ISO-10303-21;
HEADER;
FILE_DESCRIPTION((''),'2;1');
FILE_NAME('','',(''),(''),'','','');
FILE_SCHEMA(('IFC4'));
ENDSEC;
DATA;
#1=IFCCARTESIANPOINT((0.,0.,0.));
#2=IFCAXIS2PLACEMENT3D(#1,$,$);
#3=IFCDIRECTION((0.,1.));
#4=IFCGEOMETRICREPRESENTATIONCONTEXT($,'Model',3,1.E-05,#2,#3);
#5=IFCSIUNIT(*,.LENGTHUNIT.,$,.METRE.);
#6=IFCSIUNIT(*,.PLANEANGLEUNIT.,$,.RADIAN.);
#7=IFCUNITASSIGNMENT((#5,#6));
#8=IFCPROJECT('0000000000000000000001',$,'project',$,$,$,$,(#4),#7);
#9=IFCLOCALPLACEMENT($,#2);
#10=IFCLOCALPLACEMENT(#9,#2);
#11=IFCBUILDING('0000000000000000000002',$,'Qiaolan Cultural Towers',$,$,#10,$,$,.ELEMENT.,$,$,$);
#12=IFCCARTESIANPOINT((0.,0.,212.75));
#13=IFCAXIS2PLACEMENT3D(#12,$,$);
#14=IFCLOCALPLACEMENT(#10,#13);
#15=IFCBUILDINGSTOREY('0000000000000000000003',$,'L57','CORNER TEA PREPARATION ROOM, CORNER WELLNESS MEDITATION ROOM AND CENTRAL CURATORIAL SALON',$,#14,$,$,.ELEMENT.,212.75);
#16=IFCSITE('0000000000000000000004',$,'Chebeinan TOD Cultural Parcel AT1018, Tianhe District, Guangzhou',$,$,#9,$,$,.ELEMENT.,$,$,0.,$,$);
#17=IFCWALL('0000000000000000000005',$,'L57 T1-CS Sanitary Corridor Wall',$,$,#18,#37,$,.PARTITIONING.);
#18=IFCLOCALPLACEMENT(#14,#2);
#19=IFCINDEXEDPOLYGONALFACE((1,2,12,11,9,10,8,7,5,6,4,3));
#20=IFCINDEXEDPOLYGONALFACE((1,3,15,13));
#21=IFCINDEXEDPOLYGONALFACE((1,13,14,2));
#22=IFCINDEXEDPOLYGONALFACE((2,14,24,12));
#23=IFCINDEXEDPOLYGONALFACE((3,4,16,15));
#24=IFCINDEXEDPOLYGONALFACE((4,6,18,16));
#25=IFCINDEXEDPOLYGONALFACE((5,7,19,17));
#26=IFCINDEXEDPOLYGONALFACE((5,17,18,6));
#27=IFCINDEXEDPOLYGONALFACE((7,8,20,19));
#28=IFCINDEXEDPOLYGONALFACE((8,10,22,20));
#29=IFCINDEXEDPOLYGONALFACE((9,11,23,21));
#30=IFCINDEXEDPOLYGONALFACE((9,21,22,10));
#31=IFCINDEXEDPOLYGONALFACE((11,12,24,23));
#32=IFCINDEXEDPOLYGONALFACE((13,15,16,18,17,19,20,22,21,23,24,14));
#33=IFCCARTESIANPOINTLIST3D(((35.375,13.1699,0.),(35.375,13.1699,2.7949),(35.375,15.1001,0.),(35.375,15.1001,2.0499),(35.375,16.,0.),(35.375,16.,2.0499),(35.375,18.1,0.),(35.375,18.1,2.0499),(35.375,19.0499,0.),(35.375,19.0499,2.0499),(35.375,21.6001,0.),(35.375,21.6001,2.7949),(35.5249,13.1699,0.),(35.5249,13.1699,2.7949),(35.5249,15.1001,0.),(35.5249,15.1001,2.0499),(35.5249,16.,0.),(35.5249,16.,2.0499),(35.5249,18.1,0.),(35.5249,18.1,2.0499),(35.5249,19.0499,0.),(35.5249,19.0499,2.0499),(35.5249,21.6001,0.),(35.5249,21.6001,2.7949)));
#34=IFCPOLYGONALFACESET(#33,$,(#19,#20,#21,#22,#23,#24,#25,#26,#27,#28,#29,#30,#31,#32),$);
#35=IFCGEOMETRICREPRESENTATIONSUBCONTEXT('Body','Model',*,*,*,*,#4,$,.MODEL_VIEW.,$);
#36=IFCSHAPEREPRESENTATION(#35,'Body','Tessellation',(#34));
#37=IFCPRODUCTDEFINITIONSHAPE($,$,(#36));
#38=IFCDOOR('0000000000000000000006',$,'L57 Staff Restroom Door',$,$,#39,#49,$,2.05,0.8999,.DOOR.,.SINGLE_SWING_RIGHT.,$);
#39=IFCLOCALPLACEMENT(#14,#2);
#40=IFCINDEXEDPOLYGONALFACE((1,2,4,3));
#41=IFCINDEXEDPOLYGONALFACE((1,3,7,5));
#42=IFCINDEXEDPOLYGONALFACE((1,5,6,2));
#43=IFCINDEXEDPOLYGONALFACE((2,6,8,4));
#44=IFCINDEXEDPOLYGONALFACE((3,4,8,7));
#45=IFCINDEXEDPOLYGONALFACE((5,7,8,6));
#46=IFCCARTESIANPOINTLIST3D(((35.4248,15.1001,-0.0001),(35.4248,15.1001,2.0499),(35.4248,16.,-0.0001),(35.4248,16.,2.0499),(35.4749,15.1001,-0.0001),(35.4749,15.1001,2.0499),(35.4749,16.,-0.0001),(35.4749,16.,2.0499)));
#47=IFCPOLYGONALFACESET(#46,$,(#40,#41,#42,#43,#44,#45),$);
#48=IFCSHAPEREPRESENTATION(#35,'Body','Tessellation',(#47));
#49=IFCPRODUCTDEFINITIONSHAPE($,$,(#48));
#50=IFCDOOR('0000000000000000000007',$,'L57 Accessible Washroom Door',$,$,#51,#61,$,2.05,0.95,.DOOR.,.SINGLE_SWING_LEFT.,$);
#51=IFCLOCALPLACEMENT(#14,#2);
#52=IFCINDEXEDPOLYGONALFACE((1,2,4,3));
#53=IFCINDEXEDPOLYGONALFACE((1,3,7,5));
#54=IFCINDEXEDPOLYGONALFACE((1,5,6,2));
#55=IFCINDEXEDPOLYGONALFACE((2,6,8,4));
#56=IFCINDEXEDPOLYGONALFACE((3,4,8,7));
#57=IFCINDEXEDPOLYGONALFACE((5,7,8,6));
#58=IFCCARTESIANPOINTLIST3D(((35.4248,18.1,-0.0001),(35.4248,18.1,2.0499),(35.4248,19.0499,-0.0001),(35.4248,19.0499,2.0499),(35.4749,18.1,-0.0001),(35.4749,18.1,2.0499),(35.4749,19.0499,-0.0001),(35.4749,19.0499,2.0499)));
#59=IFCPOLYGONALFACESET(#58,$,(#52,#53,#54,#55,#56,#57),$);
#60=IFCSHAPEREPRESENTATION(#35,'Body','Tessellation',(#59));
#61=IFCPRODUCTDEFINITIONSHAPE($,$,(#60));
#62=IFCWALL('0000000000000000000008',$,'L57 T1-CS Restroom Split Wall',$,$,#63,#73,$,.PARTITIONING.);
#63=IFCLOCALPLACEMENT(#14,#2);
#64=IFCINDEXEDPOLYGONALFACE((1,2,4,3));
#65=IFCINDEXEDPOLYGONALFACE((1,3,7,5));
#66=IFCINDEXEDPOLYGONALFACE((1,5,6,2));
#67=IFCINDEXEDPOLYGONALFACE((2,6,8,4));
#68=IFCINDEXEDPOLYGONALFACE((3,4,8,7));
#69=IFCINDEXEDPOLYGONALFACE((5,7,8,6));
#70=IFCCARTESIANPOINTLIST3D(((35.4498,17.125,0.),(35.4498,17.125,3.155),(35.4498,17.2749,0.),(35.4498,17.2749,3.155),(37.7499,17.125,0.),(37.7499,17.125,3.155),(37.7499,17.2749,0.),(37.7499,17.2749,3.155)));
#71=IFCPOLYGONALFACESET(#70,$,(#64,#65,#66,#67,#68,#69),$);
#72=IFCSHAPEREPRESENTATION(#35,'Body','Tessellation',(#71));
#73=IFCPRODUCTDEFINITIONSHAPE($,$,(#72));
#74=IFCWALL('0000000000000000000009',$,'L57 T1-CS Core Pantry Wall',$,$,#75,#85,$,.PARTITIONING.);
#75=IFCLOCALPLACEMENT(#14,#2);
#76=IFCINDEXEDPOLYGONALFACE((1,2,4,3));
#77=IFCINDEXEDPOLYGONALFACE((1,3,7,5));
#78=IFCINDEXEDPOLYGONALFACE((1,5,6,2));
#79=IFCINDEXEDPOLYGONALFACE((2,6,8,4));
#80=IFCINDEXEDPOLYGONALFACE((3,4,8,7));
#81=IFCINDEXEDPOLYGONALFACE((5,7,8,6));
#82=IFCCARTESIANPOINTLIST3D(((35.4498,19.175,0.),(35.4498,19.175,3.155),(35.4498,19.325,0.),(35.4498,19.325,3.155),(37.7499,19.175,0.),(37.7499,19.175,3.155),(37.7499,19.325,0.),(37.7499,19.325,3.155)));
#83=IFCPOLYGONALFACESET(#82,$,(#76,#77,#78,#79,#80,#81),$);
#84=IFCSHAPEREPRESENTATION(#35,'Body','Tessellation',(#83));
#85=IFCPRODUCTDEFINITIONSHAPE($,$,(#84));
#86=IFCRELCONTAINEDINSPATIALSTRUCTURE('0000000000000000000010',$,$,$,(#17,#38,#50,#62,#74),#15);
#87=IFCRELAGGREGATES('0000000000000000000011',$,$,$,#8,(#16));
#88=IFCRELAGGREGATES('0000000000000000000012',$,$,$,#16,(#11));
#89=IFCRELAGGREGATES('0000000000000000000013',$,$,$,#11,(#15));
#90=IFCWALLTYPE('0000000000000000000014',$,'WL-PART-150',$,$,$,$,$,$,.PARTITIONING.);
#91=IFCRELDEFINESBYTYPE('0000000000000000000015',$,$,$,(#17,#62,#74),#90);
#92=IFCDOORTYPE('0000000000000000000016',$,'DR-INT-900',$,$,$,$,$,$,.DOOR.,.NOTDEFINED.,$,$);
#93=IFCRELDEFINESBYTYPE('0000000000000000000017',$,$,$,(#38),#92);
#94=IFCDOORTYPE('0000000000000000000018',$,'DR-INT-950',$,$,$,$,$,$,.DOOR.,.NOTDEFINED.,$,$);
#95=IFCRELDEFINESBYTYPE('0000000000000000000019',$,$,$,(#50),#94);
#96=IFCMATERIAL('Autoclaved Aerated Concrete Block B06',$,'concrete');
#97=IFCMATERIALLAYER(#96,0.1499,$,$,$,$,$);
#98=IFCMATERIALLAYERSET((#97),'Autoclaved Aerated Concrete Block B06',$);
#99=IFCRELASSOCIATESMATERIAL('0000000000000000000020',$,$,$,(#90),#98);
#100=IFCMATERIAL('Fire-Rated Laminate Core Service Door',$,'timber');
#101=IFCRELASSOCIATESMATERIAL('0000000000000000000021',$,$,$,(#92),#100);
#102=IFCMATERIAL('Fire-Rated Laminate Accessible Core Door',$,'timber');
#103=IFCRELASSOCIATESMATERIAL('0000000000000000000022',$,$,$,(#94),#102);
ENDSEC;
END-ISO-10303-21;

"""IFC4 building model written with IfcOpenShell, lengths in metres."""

from ifc_helpers import new_model, si_unit, direction, frame, frame_2d, origin, place, context, subcontext, project, spatial, rectangle, extrude, material, layer, layer_set, type_object, element, fill, save


model = new_model("IFC4")

# Units and contexts
model_context = context("Model", 3, precision=1e-05, world=origin(), true_north=direction((0.0, 1.0)))
body_context = subcontext(model_context, "Body", "Model", "MODEL_VIEW")
ifc_project = project(units=[si_unit("LENGTHUNIT", "METRE"), si_unit("PLANEANGLEUNIT", "RADIAN")], contexts=[model_context])

# Site, building, storey
site_placement = place(None, origin())
site = spatial("IfcSite", under=ifc_project, at=site_placement, Name="Chebeinan TOD Cultural Parcel AT1018, Tianhe District, Guangzhou", CompositionType="ELEMENT", RefElevation=0.0)
building_placement = place(site_placement, origin())
building = spatial("IfcBuilding", under=site, at=building_placement, Name="Qiaolan Cultural Towers", CompositionType="ELEMENT")
storey_placement = place(building_placement, frame((0.0, 0.0, 212.75)))
storey = spatial("IfcBuildingStorey", under=building, at=storey_placement, Name="L57", Description="CORNER TEA PREPARATION ROOM, CORNER WELLNESS MEDITATION ROOM AND CENTRAL CURATORIAL SALON", CompositionType="ELEMENT", Elevation=212.75)

# Shared definitions
ifc_material_1 = material(Name="Autoclaved Aerated Concrete Block B06", Category="concrete")
ifc_layer_1 = layer(ifc_material_1, 0.1499)
ifc_layer_set_1 = layer_set([ifc_layer_1], Name="Autoclaved Aerated Concrete Block B06")
wall_type_1 = type_object("IfcWallType", Name="WL-PART-150", PredefinedType="PARTITIONING", material=ifc_layer_set_1)

# Wall, openings, doors
ifc_material_2 = material(Name="Fire-Rated Laminate Core Service Door", Category="timber")
door_type_1 = type_object("IfcDoorType", Name="DR-INT-900", OperationType="NOTDEFINED", PredefinedType="DOOR", material=ifc_material_2)
ifc_material_3 = material(Name="Fire-Rated Laminate Accessible Core Door", Category="timber")
door_type_2 = type_object("IfcDoorType", Name="DR-INT-950", OperationType="NOTDEFINED", PredefinedType="DOOR", material=ifc_material_3)
wall_1_placement = place(storey_placement, frame((35.45, 21.6001, 0.0), z_axis=(0.0, 0.0, 1.0), x_axis=(0.0, -1.0, 0.0)))
wall_1 = element("IfcWall", 1, at=wall_1_placement, inside=storey, type_object=wall_type_1, Name="L57 T1-CS Sanitary Corridor Wall", PredefinedType="PARTITIONING", context=body_context, shape_type="SweptSolid", body=[
    extrude(rectangle(XDim=8.4302, YDim=0.1499, at=frame_2d((4.2151, 0.0))), origin(), (0.0, 0.0, 1.0), 2.7949),
])
opening_1_placement = place(wall_1_placement, frame((2.55, 0.0, 0.0)))
opening_1 = element("IfcOpeningElement", 2, at=opening_1_placement, cuts=wall_1, PredefinedType="OPENING", context=body_context, shape_type="SweptSolid", body=[
    extrude(rectangle(XDim=0.95, YDim=2.05, at=frame_2d((0.4751, 1.0249))), frame((0.0, 0.085, 0.0), z_axis=(0.0, -1.0, 0.0), x_axis=(1.0, 0.0, 0.0)), (0.0, 0.0, 1.0), 0.1699),
])
opening_2_placement = place(wall_1_placement, frame((5.6001, 0.0, 0.0)))
opening_2 = element("IfcOpeningElement", 3, at=opening_2_placement, cuts=wall_1, PredefinedType="OPENING", context=body_context, shape_type="SweptSolid", body=[
    extrude(rectangle(XDim=0.8999, YDim=2.05, at=frame_2d((0.45, 1.0249))), frame((0.0, 0.085, 0.0), z_axis=(0.0, -1.0, 0.0), x_axis=(1.0, 0.0, 0.0)), (0.0, 0.0, 1.0), 0.1699),
])
door_1_placement = place(opening_2_placement, origin())
door_1 = element("IfcDoor", 4, at=door_1_placement, inside=storey, type_object=door_type_1, Name="L57 Staff Restroom Door", OperationType="SINGLE_SWING_RIGHT", OverallHeight=2.05, OverallWidth=0.8999, PredefinedType="DOOR", context=body_context, shape_type="SweptSolid", body=[
    extrude(rectangle(XDim=0.8999, YDim=2.05, at=frame_2d((0.45, 1.0249))), frame((0.0, 0.0249, 0.0), z_axis=(0.0, -1.0, 0.0), x_axis=(1.0, 0.0, 0.0)), (0.0, 0.0, 1.0), 0.05),
])
fill(opening_2, door_1)
door_2_placement = place(opening_1_placement, origin())
door_2 = element("IfcDoor", 5, at=door_2_placement, inside=storey, type_object=door_type_2, Name="L57 Accessible Washroom Door", OperationType="SINGLE_SWING_LEFT", OverallHeight=2.05, OverallWidth=0.95, PredefinedType="DOOR", context=body_context, shape_type="SweptSolid", body=[
    extrude(rectangle(XDim=0.95, YDim=2.05, at=frame_2d((0.4751, 1.0249))), frame((0.0, 0.0249, 0.0), z_axis=(0.0, -1.0, 0.0), x_axis=(1.0, 0.0, 0.0)), (0.0, 0.0, 1.0), 0.05),
])
fill(opening_1, door_2)

# Walls
for number, where, z_axis, x_axis, name in (
    (6, (35.45, 17.2, 0.0), (0.0, 0.0, 1.0), (1.0, 0.0, 0.0), "L57 T1-CS Restroom Split Wall"),
    (7, (35.45, 19.25, 0.0), (0.0, 0.0, 1.0), (1.0, 0.0, 0.0), "L57 T1-CS Core Pantry Wall"),
):
    element("IfcWall", number, at=place(storey_placement, frame(where, z_axis=z_axis, x_axis=x_axis)), inside=storey, type_object=wall_type_1, Name=name, PredefinedType="PARTITIONING", context=body_context, shape_type="SweptSolid", body=[
        extrude(rectangle(XDim=2.3, YDim=0.1499, at=frame_2d((1.1499, 0.0))), origin(), (0.0, 0.0, 1.0), 3.155),
    ])

save(model, "model.ifc")
